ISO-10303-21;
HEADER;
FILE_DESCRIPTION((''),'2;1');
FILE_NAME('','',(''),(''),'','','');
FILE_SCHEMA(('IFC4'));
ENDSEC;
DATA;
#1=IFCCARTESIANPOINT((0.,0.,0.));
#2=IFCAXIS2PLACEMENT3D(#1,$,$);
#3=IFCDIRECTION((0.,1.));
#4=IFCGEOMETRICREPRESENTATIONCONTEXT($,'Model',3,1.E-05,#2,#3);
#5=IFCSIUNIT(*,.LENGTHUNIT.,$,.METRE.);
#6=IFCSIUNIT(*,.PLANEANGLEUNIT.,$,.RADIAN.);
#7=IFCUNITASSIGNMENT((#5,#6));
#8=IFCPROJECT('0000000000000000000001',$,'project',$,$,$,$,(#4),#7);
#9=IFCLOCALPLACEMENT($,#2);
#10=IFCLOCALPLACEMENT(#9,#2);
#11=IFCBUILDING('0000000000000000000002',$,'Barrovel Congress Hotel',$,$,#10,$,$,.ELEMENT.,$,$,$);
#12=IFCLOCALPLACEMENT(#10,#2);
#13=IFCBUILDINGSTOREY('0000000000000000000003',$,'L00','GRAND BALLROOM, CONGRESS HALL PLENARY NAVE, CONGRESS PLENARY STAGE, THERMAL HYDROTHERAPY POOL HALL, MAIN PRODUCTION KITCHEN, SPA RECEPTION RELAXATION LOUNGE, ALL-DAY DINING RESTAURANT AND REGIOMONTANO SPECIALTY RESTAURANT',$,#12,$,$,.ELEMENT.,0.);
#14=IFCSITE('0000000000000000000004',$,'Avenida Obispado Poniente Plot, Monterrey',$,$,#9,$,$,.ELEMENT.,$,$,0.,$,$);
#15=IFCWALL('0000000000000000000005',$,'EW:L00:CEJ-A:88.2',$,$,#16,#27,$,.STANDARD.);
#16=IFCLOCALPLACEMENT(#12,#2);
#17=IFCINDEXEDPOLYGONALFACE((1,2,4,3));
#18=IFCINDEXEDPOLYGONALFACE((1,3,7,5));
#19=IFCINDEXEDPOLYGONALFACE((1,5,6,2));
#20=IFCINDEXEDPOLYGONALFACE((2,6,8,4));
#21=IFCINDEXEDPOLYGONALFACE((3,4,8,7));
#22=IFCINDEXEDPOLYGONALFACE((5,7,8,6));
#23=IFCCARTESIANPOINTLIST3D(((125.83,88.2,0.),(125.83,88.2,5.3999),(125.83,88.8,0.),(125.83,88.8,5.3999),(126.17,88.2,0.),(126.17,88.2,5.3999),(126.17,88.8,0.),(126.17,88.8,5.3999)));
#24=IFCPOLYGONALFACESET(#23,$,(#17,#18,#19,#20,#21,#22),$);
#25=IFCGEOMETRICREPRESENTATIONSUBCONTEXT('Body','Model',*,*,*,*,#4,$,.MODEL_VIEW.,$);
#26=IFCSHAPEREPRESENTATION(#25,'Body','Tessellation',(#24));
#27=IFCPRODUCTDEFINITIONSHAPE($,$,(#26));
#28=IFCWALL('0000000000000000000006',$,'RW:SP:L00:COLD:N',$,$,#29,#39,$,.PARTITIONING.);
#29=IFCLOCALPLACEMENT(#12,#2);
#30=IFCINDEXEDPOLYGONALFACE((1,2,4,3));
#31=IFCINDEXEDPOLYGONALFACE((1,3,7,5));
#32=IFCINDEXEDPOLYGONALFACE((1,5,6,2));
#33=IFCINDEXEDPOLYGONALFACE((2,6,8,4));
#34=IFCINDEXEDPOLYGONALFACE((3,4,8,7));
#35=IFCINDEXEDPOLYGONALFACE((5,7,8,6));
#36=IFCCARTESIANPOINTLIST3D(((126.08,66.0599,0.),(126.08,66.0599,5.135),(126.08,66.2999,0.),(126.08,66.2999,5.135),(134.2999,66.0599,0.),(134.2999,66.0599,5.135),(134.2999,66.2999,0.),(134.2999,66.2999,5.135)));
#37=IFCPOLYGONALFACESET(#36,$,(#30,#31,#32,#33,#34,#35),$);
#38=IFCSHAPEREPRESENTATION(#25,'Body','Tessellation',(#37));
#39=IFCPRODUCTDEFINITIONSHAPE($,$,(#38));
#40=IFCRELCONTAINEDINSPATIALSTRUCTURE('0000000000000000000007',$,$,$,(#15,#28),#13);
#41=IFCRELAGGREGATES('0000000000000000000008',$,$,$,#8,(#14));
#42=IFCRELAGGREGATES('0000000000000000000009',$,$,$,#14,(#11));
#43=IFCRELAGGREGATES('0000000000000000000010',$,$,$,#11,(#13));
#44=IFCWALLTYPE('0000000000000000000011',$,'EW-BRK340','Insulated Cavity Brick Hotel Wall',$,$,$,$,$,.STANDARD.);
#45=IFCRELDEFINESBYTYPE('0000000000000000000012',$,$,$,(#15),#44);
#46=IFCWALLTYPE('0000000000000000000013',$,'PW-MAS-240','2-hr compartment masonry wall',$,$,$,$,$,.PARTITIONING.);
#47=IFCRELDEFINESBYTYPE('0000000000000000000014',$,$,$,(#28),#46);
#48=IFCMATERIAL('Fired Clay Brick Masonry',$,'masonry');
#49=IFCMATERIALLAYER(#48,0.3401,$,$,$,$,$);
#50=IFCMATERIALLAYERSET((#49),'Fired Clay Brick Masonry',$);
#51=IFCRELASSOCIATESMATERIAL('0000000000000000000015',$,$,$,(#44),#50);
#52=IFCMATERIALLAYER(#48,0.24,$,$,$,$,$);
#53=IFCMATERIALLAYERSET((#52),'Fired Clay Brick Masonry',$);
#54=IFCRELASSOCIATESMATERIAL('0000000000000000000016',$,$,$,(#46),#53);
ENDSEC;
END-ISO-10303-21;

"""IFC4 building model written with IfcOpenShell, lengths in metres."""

from ifc_helpers import new_model, si_unit, direction, frame, frame_2d, origin, place, context, subcontext, project, spatial, rectangle, extrude, material, layer, layer_set, type_object, element, save


model = new_model("IFC4")

# Units and contexts
model_context = context("Model", 3, precision=1e-05, world=origin(), true_north=direction((0.0, 1.0)))
body_context = subcontext(model_context, "Body", "Model", "MODEL_VIEW")
ifc_project = project(units=[si_unit("LENGTHUNIT", "METRE"), si_unit("PLANEANGLEUNIT", "RADIAN")], contexts=[model_context])

# Site, building, storey
site_placement = place(None, origin())
site = spatial("IfcSite", under=ifc_project, at=site_placement, Name="Avenida Obispado Poniente Plot, Monterrey", CompositionType="ELEMENT", RefElevation=0.0)
building_placement = place(site_placement, origin())
building = spatial("IfcBuilding", under=site, at=building_placement, Name="Barrovel Congress Hotel", CompositionType="ELEMENT")
storey_placement = place(building_placement, origin())
storey = spatial("IfcBuildingStorey", under=building, at=storey_placement, Name="L00", Description="GRAND BALLROOM, CONGRESS HALL PLENARY NAVE, CONGRESS PLENARY STAGE, THERMAL HYDROTHERAPY POOL HALL, MAIN PRODUCTION KITCHEN, SPA RECEPTION RELAXATION LOUNGE, ALL-DAY DINING RESTAURANT AND REGIOMONTANO SPECIALTY RESTAURANT", CompositionType="ELEMENT", Elevation=0.0)

# Shared definitions
ifc_material_1 = material(Name="Fired Clay Brick Masonry", Category="masonry")
ifc_layer_1 = layer(ifc_material_1, 0.3401)
ifc_layer_set_1 = layer_set([ifc_layer_1], Name="Fired Clay Brick Masonry")
wall_type_1 = type_object("IfcWallType", Name="EW-BRK340", Description="Insulated Cavity Brick Hotel Wall", PredefinedType="STANDARD", material=ifc_layer_set_1)

# Walls
wall_1_placement = place(storey_placement, frame((126.0, 88.8, 0.0), z_axis=(0.0, 0.0, 1.0), x_axis=(0.0, -1.0, 0.0)))
element("IfcWall", 1, at=wall_1_placement, inside=storey, type_object=wall_type_1, Name="EW:L00:CEJ-A:88.2", PredefinedType="STANDARD", context=body_context, shape_type="SweptSolid", body=[
    extrude(rectangle(XDim=0.6001, YDim=0.3401, at=frame_2d((0.3, 0.0))), origin(), (0.0, 0.0, 1.0), 5.3999),
])
ifc_layer_2 = layer(ifc_material_1, 0.24)
ifc_layer_set_2 = layer_set([ifc_layer_2], Name="Fired Clay Brick Masonry")
wall_type_2 = type_object("IfcWallType", Name="PW-MAS-240", Description="2-hr compartment masonry wall", PredefinedType="PARTITIONING", material=ifc_layer_set_2)
wall_2_placement = place(storey_placement, frame((126.0801, 66.1799, 0.0), z_axis=(0.0, 0.0, 1.0), x_axis=(1.0, 0.0, 0.0)))
element("IfcWall", 2, at=wall_2_placement, inside=storey, type_object=wall_type_2, Name="RW:SP:L00:COLD:N", PredefinedType="PARTITIONING", context=body_context, shape_type="SweptSolid", body=[
    extrude(rectangle(XDim=8.22, YDim=0.24, at=frame_2d((4.1099, 0.0))), origin(), (0.0, 0.0, 1.0), 5.135),
])

save(model, "model.ifc")
